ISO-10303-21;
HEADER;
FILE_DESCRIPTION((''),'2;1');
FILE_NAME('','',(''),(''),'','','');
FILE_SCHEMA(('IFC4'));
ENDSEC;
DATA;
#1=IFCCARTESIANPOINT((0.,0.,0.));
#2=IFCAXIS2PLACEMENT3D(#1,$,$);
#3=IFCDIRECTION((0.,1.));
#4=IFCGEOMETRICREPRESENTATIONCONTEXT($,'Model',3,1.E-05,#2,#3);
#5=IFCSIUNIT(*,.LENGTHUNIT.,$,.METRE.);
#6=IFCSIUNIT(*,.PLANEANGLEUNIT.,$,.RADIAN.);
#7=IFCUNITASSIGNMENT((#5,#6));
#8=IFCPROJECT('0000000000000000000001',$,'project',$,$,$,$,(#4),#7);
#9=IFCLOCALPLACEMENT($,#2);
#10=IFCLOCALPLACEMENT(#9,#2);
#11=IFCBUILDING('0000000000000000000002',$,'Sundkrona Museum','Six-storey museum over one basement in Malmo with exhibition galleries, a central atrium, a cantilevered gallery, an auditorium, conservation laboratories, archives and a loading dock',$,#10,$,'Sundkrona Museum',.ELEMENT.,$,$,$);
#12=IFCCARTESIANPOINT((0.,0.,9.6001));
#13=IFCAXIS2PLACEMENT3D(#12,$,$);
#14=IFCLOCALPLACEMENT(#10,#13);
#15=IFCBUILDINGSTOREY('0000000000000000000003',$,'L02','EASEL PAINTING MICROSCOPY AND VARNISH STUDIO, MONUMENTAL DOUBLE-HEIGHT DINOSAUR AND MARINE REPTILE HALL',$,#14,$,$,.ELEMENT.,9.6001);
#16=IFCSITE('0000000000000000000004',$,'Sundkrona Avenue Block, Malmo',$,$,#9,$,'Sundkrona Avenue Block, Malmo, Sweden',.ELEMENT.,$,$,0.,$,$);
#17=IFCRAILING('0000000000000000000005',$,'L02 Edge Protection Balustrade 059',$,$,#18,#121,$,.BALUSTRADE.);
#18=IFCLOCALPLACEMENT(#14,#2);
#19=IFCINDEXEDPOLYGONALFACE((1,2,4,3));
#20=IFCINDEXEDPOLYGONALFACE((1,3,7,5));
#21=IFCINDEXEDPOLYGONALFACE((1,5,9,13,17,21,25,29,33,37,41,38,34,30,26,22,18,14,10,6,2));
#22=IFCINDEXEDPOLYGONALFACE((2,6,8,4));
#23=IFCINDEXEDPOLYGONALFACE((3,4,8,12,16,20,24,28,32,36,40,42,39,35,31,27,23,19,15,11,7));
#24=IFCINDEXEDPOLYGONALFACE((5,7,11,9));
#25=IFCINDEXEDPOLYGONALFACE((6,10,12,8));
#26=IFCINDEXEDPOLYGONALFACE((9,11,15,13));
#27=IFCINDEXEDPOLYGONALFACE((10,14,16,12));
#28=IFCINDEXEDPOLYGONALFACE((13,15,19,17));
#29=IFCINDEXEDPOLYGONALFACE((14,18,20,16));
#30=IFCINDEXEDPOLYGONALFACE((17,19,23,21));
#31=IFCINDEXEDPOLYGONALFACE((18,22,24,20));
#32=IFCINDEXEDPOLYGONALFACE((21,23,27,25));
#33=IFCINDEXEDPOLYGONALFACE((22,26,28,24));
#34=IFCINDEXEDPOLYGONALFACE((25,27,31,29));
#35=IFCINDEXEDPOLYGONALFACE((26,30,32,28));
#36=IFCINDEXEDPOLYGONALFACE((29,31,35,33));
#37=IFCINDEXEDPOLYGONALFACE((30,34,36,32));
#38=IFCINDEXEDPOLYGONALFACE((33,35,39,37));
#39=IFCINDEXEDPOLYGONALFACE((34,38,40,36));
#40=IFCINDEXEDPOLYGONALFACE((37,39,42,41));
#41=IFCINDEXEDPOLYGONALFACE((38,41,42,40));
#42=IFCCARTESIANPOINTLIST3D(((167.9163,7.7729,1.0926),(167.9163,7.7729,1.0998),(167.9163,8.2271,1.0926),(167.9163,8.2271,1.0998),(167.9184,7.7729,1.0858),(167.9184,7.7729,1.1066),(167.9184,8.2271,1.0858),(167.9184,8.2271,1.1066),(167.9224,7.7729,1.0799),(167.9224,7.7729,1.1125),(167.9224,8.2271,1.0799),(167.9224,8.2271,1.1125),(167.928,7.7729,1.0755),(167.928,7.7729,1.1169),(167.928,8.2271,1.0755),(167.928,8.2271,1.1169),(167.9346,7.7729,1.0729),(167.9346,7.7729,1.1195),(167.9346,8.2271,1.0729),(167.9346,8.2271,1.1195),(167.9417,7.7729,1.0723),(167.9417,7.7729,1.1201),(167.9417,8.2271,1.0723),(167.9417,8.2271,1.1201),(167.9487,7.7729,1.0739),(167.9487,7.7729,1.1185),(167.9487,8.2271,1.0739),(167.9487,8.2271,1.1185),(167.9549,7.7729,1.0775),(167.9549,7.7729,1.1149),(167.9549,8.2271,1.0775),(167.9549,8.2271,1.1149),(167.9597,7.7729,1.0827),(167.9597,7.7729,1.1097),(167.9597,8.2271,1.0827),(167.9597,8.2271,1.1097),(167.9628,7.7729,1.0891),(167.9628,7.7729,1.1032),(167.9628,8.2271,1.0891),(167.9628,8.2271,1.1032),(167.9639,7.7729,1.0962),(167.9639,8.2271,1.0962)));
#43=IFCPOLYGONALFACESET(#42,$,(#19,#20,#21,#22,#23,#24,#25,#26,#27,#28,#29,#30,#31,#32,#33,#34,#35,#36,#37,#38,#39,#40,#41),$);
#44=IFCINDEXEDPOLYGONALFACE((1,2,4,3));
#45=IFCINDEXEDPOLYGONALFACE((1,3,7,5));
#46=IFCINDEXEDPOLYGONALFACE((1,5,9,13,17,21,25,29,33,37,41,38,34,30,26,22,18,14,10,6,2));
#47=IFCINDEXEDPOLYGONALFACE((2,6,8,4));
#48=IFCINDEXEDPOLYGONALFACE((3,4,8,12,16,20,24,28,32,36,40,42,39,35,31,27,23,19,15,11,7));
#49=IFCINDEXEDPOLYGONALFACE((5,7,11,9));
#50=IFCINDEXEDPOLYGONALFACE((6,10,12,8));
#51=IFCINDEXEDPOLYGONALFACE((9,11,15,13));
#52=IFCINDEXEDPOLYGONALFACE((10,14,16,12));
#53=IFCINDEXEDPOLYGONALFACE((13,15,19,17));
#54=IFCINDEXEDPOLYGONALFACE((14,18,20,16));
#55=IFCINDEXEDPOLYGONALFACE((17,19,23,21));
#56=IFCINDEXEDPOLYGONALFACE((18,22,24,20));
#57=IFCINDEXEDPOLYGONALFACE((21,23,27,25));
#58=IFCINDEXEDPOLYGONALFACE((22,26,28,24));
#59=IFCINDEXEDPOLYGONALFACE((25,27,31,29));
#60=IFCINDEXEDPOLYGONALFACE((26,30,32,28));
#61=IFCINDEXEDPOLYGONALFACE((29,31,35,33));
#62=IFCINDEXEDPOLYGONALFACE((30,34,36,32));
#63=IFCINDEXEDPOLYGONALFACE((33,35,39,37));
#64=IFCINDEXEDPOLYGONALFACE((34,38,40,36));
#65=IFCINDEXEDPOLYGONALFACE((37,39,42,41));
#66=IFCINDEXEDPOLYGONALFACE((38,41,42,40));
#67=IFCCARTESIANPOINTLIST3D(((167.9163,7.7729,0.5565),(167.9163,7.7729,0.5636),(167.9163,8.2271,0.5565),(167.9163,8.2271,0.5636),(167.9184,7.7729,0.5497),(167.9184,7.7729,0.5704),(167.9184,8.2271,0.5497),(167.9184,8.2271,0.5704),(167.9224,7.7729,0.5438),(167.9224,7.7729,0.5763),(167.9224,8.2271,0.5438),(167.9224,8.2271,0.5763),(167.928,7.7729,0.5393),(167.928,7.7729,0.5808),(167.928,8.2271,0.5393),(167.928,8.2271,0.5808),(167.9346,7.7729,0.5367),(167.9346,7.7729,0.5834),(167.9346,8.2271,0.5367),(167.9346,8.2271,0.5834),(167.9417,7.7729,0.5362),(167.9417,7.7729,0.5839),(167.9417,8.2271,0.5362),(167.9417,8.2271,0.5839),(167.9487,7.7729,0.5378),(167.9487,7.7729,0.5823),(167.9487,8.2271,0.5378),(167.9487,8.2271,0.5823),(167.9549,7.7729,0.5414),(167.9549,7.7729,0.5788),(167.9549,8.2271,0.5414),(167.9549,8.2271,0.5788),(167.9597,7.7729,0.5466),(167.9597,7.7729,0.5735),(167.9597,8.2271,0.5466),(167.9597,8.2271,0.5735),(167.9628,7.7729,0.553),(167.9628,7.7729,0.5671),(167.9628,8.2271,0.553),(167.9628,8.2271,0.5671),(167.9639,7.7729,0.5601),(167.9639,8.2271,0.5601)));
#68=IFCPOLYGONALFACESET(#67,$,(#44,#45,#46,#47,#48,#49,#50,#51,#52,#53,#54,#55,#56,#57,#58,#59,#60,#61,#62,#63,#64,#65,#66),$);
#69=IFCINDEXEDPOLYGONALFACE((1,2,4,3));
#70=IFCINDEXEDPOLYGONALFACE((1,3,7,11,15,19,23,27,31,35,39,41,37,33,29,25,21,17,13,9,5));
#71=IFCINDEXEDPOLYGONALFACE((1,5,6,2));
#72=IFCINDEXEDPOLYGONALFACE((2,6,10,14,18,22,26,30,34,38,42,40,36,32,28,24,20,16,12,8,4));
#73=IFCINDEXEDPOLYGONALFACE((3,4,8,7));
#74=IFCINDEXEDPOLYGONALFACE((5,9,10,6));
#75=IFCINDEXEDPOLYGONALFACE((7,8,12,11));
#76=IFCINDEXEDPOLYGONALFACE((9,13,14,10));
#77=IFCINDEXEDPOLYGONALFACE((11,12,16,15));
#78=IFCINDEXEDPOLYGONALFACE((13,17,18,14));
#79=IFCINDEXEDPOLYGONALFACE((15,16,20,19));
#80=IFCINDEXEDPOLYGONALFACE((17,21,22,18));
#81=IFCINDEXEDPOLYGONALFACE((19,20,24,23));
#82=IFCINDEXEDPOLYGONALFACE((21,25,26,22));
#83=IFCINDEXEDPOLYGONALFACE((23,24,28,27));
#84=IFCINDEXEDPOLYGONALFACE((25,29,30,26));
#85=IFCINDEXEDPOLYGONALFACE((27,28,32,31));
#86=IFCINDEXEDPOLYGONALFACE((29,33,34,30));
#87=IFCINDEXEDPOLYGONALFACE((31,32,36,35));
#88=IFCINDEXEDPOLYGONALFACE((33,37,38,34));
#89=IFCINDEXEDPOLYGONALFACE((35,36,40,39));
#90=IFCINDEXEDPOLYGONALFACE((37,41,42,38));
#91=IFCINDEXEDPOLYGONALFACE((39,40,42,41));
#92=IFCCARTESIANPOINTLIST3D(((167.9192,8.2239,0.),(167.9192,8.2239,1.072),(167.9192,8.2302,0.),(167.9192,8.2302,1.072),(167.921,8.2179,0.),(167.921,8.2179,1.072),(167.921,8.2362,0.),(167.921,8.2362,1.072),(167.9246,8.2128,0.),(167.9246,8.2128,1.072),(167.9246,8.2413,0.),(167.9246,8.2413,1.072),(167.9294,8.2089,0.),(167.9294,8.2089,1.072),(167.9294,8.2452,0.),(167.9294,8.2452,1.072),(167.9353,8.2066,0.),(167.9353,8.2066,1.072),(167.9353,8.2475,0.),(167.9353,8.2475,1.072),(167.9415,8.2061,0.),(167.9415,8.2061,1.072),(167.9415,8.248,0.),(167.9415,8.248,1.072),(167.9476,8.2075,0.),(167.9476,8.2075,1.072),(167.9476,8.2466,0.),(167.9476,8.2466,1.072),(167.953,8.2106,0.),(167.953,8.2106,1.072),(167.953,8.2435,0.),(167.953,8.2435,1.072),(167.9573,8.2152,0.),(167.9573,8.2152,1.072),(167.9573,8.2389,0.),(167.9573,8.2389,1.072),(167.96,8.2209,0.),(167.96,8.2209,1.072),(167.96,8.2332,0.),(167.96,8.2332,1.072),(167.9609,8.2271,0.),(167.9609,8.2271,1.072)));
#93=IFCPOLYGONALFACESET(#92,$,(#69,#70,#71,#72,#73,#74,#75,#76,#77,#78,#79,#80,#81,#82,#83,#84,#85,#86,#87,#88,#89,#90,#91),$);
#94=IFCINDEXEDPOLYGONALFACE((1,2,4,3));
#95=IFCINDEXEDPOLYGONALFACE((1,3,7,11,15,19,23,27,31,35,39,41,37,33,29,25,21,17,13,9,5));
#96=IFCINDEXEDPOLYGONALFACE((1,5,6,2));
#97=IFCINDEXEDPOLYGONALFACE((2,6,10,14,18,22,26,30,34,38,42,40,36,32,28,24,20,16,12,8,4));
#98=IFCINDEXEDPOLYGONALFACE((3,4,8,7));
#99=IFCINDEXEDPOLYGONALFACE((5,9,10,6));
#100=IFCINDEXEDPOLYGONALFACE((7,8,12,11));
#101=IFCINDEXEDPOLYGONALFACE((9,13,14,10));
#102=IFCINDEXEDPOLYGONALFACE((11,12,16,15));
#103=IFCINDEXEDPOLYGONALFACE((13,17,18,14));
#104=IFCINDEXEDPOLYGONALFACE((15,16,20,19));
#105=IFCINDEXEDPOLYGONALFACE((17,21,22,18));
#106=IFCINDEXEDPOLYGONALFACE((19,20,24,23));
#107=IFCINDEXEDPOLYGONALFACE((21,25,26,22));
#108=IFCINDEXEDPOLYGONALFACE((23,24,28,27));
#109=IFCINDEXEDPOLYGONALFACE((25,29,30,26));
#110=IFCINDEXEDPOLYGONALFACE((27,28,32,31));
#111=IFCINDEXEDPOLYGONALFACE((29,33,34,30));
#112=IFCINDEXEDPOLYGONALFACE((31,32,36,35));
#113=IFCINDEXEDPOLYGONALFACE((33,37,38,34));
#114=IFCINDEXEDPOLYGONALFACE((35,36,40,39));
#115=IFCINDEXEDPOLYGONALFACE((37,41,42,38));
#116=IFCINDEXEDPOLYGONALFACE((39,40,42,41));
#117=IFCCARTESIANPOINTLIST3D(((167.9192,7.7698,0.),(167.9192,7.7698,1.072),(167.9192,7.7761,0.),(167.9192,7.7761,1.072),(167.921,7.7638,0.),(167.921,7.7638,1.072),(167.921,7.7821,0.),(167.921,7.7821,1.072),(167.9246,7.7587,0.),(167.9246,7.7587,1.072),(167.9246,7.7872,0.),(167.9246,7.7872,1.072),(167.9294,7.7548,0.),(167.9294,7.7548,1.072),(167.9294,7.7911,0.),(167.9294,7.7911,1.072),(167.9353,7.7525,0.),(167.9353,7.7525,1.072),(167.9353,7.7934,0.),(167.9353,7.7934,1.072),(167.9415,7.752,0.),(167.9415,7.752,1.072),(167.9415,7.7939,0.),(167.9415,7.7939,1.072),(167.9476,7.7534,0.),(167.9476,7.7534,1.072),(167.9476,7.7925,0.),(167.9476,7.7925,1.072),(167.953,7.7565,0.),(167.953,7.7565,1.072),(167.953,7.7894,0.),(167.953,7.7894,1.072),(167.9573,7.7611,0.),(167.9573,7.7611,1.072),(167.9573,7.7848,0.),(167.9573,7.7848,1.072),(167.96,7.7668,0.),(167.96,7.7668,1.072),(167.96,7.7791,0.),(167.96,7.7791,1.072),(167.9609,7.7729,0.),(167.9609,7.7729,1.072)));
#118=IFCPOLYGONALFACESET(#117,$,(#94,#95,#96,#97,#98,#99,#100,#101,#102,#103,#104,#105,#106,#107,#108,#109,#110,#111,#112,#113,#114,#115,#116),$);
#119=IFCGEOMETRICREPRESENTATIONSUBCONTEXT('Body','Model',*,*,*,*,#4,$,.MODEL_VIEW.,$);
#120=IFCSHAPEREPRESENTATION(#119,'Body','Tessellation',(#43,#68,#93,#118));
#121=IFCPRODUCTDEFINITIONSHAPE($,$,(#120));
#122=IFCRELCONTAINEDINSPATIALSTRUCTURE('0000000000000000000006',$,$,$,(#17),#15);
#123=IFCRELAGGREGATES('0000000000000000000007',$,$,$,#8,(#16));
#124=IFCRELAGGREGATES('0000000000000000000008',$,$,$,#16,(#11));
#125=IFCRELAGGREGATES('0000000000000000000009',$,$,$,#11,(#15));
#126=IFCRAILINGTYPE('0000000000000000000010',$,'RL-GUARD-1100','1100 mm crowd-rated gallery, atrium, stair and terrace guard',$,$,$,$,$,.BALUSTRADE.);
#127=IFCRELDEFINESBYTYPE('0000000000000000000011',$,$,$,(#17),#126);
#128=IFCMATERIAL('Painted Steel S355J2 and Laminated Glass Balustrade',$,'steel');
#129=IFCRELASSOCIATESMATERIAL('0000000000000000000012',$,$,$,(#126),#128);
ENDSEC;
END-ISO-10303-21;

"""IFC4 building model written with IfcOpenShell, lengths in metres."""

from ifc_helpers import new_model, si_unit, direction, frame, origin, origin_2d, place, context, subcontext, project, spatial, circle, extrude, material, type_object, element, save


model = new_model("IFC4")

# Units and contexts
model_context = context("Model", 3, precision=1e-05, world=origin(), true_north=direction((0.0, 1.0)))
body_context = subcontext(model_context, "Body", "Model", "MODEL_VIEW")
ifc_project = project(units=[si_unit("LENGTHUNIT", "METRE"), si_unit("PLANEANGLEUNIT", "RADIAN")], contexts=[model_context])

# Site, building, storey
site_placement = place(None, origin())
site = spatial("IfcSite", under=ifc_project, at=site_placement, Name="Sundkrona Avenue Block, Malmo", LongName="Sundkrona Avenue Block, Malmo, Sweden", CompositionType="ELEMENT", RefElevation=0.0)
building_placement = place(site_placement, origin())
building = spatial("IfcBuilding", under=site, at=building_placement, Name="Sundkrona Museum", Description="Six-storey museum over one basement in Malmo with exhibition galleries, a central atrium, a cantilevered gallery, an auditorium, conservation laboratories, archives and a loading dock", LongName="Sundkrona Museum", CompositionType="ELEMENT")
storey_placement = place(building_placement, frame((0.0, 0.0, 9.6001)))
storey = spatial("IfcBuildingStorey", under=building, at=storey_placement, Name="L02", Description="EASEL PAINTING MICROSCOPY AND VARNISH STUDIO, MONUMENTAL DOUBLE-HEIGHT DINOSAUR AND MARINE REPTILE HALL", CompositionType="ELEMENT", Elevation=9.6001)

# Railing
ifc_material_1 = material(Name="Painted Steel S355J2 and Laminated Glass Balustrade", Category="steel")
railing_type = type_object("IfcRailingType", Name="RL-GUARD-1100", Description="1100 mm crowd-rated gallery, atrium, stair and terrace guard", PredefinedType="BALUSTRADE", material=ifc_material_1)
for number, where, name in (
    (1, (167.9399, 8.2271, 0.0), "L02 Edge Protection Balustrade 059"),
):
    element("IfcRailing", number, at=place(storey_placement, frame(where)), inside=storey, type_object=railing_type, Name=name, PredefinedType="BALUSTRADE", context=body_context, shape_type="SweptSolid", body=[
        extrude(circle(Radius=0.0239, at=origin_2d()), frame((0.0, 0.0, 1.0962), z_axis=(0.0, -1.0, 0.0), x_axis=(1.0, 0.0, 0.0)), (0.0, 0.0, 1.0), 0.4541),
        extrude(circle(Radius=0.0239, at=origin_2d()), frame((0.0, 0.0, 0.5601), z_axis=(0.0, -1.0, 0.0), x_axis=(1.0, 0.0, 0.0)), (0.0, 0.0, 1.0), 0.4541),
        extrude(circle(Radius=0.021, at=origin_2d()), origin(), (0.0, 0.0, 1.0), 1.072),
        extrude(circle(Radius=0.021, at=origin_2d()), frame((0.0, -0.4541, 0.0)), (0.0, 0.0, 1.0), 1.072),
    ])

save(model, "model.ifc")
